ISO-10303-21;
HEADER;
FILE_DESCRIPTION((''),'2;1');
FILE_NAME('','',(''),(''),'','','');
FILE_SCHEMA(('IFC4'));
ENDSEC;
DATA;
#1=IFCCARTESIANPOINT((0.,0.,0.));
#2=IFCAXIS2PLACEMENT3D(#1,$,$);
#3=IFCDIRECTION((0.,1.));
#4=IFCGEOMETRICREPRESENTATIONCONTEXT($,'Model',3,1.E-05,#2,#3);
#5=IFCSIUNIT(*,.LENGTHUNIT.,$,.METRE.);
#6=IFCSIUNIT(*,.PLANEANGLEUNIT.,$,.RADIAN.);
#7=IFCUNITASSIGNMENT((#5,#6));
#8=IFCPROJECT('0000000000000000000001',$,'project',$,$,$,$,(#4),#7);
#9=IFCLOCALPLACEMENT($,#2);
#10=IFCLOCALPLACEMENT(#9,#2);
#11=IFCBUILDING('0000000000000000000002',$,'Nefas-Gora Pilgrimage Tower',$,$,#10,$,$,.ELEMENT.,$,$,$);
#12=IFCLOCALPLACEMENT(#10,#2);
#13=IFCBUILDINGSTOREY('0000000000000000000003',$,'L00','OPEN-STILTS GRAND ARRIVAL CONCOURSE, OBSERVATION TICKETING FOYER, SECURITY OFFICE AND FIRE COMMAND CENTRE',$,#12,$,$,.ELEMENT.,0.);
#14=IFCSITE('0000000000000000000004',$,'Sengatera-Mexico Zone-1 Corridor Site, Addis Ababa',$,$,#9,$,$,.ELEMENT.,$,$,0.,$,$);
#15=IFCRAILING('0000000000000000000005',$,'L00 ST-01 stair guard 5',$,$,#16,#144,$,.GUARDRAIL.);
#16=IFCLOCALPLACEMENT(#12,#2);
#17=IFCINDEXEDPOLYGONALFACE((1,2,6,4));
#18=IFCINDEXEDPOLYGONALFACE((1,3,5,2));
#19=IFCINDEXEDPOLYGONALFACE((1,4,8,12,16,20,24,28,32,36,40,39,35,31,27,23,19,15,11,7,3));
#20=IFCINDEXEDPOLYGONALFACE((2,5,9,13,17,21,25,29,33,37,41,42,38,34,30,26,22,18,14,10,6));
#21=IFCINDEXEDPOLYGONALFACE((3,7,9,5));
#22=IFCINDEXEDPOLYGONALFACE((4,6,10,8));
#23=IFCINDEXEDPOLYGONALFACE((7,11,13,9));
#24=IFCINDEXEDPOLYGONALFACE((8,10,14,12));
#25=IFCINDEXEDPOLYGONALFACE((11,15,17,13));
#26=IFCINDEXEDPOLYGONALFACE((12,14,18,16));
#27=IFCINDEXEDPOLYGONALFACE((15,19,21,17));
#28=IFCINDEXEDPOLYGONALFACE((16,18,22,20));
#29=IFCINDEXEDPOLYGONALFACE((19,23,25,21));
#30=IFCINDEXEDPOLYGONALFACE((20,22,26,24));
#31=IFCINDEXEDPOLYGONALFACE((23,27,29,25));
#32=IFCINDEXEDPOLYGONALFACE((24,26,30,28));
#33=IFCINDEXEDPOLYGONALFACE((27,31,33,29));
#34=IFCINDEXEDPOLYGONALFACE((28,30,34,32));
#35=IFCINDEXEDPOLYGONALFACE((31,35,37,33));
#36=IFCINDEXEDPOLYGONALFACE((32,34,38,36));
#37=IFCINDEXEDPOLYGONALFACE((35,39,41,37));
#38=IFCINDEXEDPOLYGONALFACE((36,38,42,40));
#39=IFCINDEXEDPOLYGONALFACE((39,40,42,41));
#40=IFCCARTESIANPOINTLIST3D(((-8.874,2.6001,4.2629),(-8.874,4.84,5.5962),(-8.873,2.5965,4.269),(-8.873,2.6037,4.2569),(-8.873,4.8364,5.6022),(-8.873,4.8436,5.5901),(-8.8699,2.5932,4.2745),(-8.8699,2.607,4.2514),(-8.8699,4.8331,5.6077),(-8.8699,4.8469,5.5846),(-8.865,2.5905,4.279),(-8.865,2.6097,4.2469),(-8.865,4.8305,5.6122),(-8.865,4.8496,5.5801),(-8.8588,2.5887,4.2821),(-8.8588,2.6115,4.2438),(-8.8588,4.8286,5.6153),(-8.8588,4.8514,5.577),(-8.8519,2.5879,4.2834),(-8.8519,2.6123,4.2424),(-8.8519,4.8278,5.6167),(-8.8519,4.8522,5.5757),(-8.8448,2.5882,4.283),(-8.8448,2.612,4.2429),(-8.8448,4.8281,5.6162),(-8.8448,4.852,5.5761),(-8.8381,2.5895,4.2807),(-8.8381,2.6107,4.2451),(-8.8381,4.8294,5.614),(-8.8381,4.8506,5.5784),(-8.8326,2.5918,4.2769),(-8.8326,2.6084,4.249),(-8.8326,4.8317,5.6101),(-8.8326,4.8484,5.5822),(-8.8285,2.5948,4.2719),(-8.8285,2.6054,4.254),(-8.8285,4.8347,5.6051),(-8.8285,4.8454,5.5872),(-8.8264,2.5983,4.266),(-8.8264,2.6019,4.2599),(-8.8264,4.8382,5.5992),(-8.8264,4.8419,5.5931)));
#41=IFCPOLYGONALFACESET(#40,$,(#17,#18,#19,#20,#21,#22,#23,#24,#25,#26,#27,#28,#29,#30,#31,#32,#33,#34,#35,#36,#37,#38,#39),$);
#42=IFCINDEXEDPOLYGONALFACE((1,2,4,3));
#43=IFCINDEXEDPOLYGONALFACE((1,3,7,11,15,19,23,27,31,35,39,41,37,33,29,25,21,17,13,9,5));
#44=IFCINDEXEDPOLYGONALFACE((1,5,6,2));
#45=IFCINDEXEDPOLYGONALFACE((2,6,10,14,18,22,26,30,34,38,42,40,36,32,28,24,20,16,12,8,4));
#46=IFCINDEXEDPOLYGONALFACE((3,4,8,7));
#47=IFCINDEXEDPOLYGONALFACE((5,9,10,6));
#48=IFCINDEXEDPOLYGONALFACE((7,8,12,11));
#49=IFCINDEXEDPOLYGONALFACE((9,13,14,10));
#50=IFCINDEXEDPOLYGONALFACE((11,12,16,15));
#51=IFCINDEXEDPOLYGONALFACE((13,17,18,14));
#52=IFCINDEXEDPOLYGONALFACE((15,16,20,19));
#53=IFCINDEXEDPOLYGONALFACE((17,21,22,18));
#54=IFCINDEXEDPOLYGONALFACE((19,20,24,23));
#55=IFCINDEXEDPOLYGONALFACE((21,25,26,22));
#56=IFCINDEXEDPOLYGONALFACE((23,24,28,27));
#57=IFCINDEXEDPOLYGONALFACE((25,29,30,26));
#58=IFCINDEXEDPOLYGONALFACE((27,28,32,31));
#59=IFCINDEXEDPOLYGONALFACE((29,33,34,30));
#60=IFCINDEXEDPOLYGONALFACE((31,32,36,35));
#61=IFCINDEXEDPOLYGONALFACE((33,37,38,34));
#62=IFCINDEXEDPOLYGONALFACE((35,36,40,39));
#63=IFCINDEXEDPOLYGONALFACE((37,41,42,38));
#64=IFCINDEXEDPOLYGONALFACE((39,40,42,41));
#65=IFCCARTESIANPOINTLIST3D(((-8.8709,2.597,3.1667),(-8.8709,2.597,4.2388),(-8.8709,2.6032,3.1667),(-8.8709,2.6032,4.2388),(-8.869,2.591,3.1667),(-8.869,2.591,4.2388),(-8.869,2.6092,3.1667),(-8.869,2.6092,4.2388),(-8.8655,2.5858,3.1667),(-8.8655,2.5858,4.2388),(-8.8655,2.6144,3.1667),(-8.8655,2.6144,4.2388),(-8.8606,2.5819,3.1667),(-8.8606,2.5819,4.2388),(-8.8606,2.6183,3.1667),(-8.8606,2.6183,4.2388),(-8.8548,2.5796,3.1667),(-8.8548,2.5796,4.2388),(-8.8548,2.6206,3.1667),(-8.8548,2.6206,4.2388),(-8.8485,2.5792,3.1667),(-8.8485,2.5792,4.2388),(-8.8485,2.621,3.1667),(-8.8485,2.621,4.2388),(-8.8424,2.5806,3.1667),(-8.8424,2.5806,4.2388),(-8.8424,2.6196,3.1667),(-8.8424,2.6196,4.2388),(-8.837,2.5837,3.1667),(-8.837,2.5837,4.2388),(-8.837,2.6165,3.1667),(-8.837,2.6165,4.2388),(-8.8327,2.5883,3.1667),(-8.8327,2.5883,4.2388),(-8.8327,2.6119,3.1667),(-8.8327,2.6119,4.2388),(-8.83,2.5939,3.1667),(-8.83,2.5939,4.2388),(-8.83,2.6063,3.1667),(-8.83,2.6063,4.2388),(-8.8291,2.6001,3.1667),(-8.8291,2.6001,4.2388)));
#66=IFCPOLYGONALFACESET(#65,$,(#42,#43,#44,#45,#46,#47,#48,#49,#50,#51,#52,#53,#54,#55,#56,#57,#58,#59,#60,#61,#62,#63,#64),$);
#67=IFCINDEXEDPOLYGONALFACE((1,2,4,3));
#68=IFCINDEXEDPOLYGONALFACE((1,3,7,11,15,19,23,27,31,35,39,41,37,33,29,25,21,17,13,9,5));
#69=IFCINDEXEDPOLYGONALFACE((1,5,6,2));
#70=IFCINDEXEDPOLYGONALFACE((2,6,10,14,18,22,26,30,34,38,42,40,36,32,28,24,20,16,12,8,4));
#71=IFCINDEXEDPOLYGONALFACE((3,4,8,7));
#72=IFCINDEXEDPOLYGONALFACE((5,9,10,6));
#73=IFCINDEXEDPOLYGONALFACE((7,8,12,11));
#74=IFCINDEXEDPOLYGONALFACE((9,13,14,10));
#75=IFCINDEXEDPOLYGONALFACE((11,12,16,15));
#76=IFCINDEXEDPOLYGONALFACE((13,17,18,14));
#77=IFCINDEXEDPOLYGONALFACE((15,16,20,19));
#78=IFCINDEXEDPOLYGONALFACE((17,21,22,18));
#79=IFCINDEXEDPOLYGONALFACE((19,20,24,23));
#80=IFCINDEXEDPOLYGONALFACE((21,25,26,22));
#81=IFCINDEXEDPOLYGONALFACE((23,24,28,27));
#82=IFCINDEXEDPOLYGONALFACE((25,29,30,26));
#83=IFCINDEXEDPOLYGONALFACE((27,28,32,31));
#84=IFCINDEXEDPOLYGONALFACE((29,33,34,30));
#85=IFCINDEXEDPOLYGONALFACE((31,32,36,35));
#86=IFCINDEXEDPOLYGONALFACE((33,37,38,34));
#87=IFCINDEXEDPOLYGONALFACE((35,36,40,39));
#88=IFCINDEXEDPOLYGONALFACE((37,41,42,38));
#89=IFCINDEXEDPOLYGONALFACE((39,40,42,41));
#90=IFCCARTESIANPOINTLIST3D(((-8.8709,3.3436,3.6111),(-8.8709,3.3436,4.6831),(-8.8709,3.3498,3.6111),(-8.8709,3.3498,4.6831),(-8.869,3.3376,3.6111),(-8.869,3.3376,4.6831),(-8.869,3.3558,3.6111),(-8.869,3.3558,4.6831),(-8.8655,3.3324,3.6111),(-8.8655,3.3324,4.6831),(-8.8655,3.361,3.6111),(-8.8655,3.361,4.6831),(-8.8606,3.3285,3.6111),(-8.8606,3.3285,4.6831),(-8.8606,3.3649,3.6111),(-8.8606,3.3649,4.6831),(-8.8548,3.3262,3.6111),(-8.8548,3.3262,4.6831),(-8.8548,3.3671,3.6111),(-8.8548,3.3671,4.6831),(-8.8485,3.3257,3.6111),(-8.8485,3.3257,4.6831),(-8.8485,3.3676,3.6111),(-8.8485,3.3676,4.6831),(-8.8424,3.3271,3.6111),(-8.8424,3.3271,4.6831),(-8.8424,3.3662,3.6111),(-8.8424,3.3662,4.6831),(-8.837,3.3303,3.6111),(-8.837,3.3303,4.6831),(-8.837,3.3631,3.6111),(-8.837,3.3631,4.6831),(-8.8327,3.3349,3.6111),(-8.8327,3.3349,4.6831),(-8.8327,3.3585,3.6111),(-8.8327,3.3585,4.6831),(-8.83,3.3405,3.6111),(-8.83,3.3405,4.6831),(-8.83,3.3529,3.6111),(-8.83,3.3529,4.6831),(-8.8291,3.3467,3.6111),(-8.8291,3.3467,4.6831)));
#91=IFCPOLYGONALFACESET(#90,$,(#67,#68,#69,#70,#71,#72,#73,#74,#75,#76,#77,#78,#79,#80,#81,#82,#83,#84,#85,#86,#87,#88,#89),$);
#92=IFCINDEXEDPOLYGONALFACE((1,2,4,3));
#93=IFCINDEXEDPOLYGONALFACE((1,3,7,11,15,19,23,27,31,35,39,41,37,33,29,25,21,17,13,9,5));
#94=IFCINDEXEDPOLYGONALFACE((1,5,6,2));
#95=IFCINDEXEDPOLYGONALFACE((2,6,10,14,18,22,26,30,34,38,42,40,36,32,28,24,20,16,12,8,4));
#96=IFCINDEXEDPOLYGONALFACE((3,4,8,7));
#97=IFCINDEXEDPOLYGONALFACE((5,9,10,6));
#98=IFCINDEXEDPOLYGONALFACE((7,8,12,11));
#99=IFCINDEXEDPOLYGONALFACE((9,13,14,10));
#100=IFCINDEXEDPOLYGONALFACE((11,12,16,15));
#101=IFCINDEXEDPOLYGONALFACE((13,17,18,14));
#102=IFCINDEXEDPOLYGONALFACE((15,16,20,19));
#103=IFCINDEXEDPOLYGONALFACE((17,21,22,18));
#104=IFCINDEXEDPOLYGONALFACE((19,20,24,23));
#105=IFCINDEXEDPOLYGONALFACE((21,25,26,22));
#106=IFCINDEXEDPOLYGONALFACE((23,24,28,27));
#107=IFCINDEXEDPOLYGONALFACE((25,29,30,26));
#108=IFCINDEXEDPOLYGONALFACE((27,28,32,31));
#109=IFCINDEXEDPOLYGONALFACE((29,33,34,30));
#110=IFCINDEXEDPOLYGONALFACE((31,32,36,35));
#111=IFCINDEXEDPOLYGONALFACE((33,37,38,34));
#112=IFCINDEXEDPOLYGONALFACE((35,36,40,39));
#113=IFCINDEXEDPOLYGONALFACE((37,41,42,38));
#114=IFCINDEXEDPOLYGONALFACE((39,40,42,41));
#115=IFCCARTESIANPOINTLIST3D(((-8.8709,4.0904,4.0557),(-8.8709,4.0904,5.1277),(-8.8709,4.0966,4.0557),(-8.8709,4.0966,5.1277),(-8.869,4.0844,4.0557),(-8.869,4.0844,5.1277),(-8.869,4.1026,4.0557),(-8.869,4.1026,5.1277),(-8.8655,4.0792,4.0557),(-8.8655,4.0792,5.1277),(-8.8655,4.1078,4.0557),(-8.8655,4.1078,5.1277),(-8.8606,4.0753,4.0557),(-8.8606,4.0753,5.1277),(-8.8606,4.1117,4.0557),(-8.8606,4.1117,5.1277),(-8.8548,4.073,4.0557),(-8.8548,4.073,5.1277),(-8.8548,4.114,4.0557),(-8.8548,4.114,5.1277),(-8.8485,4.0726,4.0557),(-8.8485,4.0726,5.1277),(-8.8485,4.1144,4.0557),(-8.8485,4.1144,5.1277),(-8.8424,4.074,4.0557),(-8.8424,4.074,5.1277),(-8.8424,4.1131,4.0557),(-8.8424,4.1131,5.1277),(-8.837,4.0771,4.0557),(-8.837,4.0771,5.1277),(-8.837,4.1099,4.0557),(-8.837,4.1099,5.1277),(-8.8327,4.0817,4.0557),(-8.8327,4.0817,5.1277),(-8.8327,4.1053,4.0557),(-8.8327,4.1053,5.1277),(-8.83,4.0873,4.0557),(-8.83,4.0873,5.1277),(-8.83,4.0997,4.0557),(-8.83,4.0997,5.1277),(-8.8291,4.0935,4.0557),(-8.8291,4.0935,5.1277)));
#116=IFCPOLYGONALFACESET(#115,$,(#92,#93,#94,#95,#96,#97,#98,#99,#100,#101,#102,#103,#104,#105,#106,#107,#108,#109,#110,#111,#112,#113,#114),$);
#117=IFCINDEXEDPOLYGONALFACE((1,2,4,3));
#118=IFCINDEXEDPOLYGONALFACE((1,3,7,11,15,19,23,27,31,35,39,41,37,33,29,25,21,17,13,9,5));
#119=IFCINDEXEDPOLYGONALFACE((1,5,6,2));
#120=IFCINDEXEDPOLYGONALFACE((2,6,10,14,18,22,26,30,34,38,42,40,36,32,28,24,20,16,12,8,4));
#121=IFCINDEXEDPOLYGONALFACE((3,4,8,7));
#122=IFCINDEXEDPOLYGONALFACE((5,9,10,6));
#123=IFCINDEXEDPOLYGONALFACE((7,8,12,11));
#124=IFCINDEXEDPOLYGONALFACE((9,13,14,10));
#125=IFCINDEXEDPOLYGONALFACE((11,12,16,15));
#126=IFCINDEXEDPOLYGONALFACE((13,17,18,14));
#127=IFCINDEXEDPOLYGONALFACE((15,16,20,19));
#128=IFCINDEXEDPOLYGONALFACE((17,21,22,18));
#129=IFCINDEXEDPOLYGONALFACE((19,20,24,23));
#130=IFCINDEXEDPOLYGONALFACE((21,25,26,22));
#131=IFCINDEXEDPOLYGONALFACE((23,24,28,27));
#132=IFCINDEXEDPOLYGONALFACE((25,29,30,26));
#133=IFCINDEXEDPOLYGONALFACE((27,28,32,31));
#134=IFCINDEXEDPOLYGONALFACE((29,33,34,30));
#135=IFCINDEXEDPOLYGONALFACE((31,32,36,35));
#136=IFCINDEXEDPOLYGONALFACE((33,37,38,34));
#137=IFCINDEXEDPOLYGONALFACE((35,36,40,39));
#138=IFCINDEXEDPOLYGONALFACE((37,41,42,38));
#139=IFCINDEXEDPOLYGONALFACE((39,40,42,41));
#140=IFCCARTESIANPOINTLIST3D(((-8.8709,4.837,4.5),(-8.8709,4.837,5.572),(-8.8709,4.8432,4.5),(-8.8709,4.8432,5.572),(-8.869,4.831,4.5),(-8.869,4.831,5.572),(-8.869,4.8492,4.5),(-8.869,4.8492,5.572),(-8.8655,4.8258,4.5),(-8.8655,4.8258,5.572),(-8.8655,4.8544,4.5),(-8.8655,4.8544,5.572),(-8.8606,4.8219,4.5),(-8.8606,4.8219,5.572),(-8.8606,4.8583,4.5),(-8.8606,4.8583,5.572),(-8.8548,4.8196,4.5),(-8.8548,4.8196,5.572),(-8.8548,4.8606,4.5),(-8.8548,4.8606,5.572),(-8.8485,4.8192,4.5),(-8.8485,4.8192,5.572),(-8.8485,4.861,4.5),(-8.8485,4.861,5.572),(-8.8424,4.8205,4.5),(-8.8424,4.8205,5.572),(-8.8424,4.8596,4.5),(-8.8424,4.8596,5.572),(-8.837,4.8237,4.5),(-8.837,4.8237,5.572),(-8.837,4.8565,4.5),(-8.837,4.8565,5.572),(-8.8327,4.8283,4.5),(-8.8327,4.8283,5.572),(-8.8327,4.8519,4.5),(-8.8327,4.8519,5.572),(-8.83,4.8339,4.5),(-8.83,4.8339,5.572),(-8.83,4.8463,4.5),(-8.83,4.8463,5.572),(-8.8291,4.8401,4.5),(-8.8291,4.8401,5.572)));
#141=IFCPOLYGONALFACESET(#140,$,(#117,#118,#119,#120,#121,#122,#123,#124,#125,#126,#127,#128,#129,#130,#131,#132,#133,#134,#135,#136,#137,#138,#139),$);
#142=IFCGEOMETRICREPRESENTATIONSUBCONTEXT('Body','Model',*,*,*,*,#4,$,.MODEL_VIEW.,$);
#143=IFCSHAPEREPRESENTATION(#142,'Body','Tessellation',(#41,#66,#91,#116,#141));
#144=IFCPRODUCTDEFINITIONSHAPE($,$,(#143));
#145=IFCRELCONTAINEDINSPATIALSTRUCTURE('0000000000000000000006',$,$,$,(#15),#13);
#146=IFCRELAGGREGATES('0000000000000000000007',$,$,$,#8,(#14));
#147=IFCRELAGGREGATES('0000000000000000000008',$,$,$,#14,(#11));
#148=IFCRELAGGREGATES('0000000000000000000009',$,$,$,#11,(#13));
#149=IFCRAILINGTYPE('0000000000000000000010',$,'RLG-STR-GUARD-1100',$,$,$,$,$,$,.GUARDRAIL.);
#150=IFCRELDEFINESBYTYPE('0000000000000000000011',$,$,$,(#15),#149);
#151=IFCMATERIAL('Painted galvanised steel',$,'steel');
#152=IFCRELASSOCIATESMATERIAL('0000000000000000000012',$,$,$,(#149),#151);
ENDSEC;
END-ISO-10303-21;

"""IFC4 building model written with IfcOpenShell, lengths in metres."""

from ifc_helpers import new_model, si_unit, direction, frame, origin, origin_2d, place, context, subcontext, project, spatial, circle, extrude, material, type_object, element, save


model = new_model("IFC4")

# Units and contexts
model_context = context("Model", 3, precision=1e-05, world=origin(), true_north=direction((0.0, 1.0)))
body_context = subcontext(model_context, "Body", "Model", "MODEL_VIEW")
ifc_project = project(units=[si_unit("LENGTHUNIT", "METRE"), si_unit("PLANEANGLEUNIT", "RADIAN")], contexts=[model_context])

# Site, building, storey
site_placement = place(None, origin())
site = spatial("IfcSite", under=ifc_project, at=site_placement, Name="Sengatera-Mexico Zone-1 Corridor Site, Addis Ababa", CompositionType="ELEMENT", RefElevation=0.0)
building_placement = place(site_placement, origin())
building = spatial("IfcBuilding", under=site, at=building_placement, Name="Nefas-Gora Pilgrimage Tower", CompositionType="ELEMENT")
storey_placement = place(building_placement, origin())
storey = spatial("IfcBuildingStorey", under=building, at=storey_placement, Name="L00", Description="OPEN-STILTS GRAND ARRIVAL CONCOURSE, OBSERVATION TICKETING FOYER, SECURITY OFFICE AND FIRE COMMAND CENTRE", CompositionType="ELEMENT", Elevation=0.0)

# Railing
ifc_material_1 = material(Name="Painted galvanised steel", Category="steel")
railing_type_1 = type_object("IfcRailingType", Name="RLG-STR-GUARD-1100", PredefinedType="GUARDRAIL", material=ifc_material_1)
railing_1_placement = place(storey_placement, frame((-8.8501, 2.6001, 3.1667)))
element("IfcRailing", 1, at=railing_1_placement, inside=storey, type_object=railing_type_1, Name="L00 ST-01 stair guard 5", PredefinedType="GUARDRAIL", context=body_context, shape_type="SweptSolid", body=[
    extrude(circle(Radius=0.0239, at=origin_2d()), frame((0.0, 0.0, 1.0962), z_axis=(0.0, 0.859306, 0.511462), x_axis=(-1.0, 0.0, 0.0)), (0.0, 0.0, 1.0), 2.6067),
    extrude(circle(Radius=0.021, at=origin_2d()), origin(), (0.0, 0.0, 1.0), 1.072),
    extrude(circle(Radius=0.021, at=origin_2d()), frame((0.0, 0.7466, 0.4443)), (0.0, 0.0, 1.0), 1.072),
    extrude(circle(Radius=0.021, at=origin_2d()), frame((0.0, 1.4934, 0.8889)), (0.0, 0.0, 1.0), 1.072),
    extrude(circle(Radius=0.021, at=origin_2d()), frame((0.0, 2.24, 1.3333)), (0.0, 0.0, 1.0), 1.072),
])

save(model, "model.ifc")
